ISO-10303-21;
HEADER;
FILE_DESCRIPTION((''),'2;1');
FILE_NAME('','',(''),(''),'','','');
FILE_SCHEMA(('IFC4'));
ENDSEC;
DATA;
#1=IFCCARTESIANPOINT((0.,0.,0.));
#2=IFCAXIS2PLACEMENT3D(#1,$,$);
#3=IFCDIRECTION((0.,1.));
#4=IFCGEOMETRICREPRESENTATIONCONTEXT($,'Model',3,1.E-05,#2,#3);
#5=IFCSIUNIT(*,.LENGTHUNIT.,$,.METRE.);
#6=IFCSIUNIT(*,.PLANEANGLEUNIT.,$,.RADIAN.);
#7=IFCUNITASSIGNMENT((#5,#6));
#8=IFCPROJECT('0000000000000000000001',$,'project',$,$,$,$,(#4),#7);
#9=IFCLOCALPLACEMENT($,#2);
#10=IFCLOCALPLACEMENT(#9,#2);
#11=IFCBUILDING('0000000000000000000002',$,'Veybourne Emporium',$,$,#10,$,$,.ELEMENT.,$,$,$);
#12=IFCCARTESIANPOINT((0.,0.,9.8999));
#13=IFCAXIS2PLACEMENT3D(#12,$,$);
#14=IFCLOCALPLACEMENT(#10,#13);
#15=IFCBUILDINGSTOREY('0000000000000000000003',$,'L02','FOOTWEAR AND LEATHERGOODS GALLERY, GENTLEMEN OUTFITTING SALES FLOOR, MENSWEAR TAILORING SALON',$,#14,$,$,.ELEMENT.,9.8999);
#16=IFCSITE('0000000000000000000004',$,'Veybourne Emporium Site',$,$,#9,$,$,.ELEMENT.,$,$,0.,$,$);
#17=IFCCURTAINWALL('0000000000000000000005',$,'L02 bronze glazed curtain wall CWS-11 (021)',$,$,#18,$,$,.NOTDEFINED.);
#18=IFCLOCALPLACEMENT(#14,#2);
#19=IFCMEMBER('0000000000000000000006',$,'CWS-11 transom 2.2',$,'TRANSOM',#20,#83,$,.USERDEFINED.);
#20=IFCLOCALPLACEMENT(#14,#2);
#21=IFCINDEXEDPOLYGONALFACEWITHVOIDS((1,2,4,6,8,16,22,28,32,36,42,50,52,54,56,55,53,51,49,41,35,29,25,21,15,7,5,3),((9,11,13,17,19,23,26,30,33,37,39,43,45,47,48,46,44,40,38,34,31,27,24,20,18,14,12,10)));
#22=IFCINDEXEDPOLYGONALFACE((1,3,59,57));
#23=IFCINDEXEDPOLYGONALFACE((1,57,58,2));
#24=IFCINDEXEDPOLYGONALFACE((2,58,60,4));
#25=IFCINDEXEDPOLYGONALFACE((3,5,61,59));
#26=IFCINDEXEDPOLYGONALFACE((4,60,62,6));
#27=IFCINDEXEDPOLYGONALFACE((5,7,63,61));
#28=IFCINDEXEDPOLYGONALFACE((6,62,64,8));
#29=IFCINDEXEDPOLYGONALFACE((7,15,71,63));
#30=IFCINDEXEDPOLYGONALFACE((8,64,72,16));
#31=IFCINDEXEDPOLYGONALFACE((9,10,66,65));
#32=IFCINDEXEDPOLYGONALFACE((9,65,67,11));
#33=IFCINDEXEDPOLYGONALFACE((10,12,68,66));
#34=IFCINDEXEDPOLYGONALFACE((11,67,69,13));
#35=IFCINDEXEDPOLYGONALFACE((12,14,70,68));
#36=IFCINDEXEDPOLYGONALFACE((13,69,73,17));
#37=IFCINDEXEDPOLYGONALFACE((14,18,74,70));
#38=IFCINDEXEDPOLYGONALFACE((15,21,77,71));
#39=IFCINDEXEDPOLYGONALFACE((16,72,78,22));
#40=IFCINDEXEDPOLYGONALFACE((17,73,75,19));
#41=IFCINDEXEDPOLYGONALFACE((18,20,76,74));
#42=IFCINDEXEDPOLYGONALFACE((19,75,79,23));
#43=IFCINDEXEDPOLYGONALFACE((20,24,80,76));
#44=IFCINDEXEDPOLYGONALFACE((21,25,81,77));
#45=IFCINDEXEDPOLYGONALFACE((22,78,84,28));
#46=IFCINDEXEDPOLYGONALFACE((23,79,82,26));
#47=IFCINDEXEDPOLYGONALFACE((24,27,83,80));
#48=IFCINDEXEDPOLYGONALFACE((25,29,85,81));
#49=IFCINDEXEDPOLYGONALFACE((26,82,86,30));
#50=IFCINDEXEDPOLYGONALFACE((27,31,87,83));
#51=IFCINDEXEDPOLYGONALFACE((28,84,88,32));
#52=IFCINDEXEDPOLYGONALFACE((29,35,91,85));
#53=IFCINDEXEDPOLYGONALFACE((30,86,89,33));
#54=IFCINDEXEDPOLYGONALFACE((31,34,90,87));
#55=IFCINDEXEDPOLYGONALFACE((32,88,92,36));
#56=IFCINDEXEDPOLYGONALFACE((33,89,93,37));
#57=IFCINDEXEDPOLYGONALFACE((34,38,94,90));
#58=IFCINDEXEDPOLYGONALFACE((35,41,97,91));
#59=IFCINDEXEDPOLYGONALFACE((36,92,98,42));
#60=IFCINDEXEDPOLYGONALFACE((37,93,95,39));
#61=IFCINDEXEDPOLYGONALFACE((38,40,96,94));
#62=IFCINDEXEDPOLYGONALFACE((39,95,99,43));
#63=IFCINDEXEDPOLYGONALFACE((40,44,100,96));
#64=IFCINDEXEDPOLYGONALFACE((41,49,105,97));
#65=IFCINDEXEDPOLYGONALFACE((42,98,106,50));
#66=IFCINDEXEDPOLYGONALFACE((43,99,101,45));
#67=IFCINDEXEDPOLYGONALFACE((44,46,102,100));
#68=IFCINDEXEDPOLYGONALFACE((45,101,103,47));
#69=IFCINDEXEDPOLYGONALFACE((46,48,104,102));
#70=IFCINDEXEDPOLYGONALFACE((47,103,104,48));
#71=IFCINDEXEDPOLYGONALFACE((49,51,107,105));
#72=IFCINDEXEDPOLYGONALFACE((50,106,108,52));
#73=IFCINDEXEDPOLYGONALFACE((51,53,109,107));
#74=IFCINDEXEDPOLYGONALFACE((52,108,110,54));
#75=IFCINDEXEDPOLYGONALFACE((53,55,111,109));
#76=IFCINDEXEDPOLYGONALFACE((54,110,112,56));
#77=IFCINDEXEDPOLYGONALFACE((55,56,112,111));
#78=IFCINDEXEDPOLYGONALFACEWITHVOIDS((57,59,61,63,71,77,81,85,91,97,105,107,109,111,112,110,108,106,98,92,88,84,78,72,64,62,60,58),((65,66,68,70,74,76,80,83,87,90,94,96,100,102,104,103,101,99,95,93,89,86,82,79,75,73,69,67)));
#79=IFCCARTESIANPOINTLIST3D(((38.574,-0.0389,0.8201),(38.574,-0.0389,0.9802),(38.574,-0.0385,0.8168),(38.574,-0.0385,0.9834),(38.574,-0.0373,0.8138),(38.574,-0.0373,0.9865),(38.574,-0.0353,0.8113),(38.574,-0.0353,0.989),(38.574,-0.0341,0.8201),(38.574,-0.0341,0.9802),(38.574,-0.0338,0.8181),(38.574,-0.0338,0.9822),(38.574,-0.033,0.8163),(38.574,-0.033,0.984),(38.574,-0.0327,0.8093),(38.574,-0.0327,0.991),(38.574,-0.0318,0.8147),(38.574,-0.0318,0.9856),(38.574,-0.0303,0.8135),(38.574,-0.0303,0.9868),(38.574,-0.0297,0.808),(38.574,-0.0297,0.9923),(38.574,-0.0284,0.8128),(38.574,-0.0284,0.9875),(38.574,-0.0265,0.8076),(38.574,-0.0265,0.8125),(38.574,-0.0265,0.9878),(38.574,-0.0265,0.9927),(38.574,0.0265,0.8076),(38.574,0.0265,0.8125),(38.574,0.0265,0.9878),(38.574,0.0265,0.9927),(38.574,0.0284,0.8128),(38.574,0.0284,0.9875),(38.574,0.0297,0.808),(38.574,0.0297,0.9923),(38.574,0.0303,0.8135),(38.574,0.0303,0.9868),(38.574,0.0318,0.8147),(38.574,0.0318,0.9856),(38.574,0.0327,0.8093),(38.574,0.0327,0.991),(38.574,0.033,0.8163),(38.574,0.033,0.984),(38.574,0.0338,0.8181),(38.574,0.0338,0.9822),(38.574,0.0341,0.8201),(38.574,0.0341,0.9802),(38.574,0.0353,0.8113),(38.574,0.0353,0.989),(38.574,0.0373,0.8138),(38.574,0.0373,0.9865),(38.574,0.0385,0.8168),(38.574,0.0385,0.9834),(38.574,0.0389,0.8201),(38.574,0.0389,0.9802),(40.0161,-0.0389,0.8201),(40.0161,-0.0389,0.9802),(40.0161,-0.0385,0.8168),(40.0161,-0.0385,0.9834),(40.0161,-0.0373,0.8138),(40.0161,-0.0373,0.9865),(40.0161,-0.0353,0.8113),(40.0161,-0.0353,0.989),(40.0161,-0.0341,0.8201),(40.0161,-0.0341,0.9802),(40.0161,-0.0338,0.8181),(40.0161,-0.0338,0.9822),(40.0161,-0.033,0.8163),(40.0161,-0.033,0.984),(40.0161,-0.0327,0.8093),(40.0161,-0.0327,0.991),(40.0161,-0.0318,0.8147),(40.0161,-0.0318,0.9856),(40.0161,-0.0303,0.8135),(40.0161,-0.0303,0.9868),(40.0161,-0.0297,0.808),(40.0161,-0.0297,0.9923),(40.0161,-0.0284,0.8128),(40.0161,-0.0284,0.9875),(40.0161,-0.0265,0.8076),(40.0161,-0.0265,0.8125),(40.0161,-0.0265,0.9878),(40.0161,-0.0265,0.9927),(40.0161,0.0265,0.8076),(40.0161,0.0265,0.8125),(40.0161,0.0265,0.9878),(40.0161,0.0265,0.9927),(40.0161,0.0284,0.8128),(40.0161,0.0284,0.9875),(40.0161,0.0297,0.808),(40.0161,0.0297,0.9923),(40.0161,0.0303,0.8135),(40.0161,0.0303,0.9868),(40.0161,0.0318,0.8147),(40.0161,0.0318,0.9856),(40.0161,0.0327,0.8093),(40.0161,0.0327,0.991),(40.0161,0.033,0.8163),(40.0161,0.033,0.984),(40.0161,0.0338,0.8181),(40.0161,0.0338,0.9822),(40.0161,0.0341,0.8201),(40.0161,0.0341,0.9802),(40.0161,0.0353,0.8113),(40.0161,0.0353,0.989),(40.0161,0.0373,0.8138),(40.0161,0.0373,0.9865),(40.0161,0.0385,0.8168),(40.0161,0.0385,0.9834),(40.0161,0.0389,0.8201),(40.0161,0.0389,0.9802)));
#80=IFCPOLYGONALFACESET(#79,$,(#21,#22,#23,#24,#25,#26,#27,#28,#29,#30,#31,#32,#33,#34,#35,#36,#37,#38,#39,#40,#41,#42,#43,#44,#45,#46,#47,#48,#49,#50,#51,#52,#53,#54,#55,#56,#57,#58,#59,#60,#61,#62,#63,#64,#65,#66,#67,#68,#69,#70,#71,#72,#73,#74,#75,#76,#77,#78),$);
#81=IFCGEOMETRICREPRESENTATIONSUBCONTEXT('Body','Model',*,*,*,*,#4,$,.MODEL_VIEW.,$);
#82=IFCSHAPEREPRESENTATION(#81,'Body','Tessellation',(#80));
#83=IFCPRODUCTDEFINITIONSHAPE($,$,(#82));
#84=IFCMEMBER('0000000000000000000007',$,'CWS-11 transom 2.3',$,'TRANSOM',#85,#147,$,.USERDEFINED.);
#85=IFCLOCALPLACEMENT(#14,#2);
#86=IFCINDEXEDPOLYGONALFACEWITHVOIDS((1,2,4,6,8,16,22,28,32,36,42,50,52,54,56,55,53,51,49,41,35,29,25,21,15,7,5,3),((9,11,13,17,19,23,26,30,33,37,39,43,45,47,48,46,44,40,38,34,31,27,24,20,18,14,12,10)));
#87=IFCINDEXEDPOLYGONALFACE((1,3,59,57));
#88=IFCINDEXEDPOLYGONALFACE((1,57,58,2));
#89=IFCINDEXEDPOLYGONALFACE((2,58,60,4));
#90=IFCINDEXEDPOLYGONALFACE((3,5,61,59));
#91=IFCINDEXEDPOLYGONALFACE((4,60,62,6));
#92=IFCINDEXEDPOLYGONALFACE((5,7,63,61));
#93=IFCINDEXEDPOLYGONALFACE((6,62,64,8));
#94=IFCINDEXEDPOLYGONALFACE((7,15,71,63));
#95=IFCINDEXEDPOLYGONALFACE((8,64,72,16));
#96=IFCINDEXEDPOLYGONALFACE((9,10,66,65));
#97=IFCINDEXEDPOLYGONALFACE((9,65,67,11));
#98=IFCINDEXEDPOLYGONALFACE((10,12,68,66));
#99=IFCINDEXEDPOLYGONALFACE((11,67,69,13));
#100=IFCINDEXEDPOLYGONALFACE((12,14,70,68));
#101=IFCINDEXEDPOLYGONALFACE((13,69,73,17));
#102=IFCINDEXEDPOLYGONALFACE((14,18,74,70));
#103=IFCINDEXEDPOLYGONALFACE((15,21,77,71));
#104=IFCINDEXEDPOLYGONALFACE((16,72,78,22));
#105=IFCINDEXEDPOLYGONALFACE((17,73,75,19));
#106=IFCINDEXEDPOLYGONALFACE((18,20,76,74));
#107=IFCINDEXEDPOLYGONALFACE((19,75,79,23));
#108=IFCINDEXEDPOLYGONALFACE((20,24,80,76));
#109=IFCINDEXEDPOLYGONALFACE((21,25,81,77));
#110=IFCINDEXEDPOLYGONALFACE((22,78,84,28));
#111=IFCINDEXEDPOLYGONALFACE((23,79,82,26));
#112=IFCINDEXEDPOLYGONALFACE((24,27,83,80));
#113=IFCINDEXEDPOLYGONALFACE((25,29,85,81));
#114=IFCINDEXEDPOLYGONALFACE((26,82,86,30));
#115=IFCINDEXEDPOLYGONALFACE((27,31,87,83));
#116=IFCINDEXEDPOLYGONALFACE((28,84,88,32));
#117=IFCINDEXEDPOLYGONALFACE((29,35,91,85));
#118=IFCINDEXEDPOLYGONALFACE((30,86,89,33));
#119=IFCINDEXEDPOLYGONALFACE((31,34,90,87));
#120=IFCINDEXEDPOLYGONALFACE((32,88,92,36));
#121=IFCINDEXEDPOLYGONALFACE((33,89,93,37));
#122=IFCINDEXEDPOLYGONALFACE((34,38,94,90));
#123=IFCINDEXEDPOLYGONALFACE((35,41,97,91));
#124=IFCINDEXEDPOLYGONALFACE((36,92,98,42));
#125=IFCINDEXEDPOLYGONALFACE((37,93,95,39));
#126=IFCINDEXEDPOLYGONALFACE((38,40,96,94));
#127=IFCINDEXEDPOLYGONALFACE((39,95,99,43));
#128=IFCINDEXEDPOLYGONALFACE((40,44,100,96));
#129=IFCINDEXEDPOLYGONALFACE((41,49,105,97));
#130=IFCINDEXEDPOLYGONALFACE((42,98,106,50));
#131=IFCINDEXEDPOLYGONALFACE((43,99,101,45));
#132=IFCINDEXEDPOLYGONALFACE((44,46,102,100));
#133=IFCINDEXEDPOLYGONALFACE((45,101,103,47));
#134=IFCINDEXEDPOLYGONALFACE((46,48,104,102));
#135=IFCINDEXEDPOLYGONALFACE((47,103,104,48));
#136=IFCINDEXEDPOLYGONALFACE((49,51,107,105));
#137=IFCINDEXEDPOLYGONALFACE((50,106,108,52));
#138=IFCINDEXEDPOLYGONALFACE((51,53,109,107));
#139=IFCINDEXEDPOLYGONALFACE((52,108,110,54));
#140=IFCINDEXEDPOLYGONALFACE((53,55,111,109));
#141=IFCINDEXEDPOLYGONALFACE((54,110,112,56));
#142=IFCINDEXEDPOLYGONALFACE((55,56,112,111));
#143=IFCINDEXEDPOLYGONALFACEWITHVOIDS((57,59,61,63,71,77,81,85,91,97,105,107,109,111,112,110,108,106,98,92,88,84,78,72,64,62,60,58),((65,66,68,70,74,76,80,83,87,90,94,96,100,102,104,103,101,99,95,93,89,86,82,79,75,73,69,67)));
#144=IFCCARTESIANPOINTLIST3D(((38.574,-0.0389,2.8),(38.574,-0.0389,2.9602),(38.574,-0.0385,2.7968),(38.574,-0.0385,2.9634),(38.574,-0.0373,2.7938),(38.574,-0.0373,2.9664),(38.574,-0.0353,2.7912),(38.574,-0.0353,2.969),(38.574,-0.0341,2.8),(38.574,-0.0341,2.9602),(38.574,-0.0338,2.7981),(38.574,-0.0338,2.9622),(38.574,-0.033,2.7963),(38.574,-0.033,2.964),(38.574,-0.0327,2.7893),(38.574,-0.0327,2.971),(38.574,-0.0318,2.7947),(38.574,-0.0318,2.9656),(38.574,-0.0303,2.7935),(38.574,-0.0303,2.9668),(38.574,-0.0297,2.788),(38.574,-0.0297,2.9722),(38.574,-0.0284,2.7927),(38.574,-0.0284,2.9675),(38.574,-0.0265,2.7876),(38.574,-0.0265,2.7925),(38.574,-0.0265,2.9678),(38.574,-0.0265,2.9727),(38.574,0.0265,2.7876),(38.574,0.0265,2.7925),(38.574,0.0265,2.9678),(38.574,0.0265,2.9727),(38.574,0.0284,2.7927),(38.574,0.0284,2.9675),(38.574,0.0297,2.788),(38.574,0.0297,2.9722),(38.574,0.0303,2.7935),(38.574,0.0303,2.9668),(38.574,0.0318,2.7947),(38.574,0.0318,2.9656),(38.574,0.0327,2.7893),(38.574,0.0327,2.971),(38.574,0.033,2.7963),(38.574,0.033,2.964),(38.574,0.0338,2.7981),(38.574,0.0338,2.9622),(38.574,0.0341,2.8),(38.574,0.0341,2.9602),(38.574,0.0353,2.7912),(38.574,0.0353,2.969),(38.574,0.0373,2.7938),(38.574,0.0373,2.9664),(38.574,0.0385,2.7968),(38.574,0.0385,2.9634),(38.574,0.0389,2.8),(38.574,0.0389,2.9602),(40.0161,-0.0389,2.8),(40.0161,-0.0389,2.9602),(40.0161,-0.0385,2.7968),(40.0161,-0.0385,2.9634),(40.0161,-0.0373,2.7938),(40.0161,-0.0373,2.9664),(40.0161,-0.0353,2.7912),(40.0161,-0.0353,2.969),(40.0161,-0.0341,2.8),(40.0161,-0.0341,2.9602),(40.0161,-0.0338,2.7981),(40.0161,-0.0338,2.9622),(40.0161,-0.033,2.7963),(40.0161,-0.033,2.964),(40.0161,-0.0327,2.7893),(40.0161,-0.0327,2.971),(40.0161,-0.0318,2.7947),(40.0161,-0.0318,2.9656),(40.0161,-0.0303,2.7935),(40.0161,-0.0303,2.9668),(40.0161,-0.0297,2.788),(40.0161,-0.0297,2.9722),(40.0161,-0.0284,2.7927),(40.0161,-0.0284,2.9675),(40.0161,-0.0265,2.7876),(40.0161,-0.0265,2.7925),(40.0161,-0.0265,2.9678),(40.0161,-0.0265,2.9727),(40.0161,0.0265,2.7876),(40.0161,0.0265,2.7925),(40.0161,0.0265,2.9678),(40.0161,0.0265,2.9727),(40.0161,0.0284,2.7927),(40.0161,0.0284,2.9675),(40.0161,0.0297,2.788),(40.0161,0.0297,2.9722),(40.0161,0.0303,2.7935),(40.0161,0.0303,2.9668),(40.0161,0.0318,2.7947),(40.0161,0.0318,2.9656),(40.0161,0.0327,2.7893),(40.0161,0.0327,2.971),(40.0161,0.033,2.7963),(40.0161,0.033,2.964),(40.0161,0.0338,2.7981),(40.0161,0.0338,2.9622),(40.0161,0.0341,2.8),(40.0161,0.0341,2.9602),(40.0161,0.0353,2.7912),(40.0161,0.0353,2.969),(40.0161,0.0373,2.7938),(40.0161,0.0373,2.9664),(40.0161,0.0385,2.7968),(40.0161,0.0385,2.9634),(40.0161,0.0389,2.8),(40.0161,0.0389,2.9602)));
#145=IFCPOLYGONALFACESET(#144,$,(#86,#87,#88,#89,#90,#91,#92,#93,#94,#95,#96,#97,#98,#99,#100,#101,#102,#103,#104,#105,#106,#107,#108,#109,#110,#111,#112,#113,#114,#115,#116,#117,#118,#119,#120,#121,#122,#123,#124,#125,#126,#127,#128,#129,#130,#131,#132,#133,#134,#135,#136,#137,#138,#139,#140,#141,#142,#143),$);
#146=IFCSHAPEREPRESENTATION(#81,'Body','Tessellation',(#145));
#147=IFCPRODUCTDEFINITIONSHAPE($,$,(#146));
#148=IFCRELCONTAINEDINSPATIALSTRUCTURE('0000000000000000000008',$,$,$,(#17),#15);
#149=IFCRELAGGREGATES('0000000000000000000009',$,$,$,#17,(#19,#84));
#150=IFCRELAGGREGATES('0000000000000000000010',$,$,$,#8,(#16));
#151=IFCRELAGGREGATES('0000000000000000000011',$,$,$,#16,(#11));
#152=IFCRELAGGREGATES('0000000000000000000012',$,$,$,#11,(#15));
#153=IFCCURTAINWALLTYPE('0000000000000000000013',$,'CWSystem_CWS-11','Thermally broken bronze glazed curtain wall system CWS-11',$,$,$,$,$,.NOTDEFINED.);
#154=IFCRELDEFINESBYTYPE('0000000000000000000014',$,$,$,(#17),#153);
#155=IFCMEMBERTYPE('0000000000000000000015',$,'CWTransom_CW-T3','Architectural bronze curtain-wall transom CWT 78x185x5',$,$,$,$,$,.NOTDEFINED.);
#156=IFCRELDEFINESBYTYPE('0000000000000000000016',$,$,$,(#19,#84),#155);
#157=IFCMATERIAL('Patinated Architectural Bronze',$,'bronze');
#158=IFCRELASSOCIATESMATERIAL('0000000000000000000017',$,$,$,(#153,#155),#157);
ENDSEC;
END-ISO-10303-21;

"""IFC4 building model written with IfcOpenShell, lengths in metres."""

from ifc_helpers import new_model, si_unit, direction, frame, origin, origin_2d, place, context, subcontext, project, spatial, hollow_rectangle, extrude, material, material_profile, profile_set, type_object, element, aggregate, save


model = new_model("IFC4")

# Units and contexts
model_context = context("Model", 3, precision=1e-05, world=origin(), true_north=direction((0.0, 1.0)))
body_context = subcontext(model_context, "Body", "Model", "MODEL_VIEW")
ifc_project = project(units=[si_unit("LENGTHUNIT", "METRE"), si_unit("PLANEANGLEUNIT", "RADIAN")], contexts=[model_context])

# Site, building, storey
site_placement = place(None, origin())
site = spatial("IfcSite", under=ifc_project, at=site_placement, Name="Veybourne Emporium Site", CompositionType="ELEMENT", RefElevation=0.0)
building_placement = place(site_placement, origin())
building = spatial("IfcBuilding", under=site, at=building_placement, Name="Veybourne Emporium", CompositionType="ELEMENT")
storey_placement = place(building_placement, frame((0.0, 0.0, 9.8999)))
storey = spatial("IfcBuildingStorey", under=building, at=storey_placement, Name="L02", Description="FOOTWEAR AND LEATHERGOODS GALLERY, GENTLEMEN OUTFITTING SALES FLOOR, MENSWEAR TAILORING SALON", CompositionType="ELEMENT", Elevation=9.8999)

# Shared definitions
ifc_material_1 = material(Name="Patinated Architectural Bronze", Category="bronze")

# Curtain wall
curtain_wall_type_1 = type_object("IfcCurtainWallType", Name="CWSystem_CWS-11", Description="Thermally broken bronze glazed curtain wall system CWS-11", PredefinedType="NOTDEFINED", material=ifc_material_1)
curtain_wall_1_placement = place(storey_placement, origin())
curtain_wall_1 = element("IfcCurtainWall", 1, at=curtain_wall_1_placement, inside=storey, type_object=curtain_wall_type_1, Name="L02 bronze glazed curtain wall CWS-11 (021)", PredefinedType="NOTDEFINED")

# Members
ifc_material_profile_1 = material_profile(ifc_material_1, hollow_rectangle(XDim=0.0779, YDim=0.1851, WallThickness=0.0049, InnerFilletRadius=0.0076, OuterFilletRadius=0.0125, at=origin_2d()), Name="CWT 78x185x5")
ifc_profile_set_1 = profile_set([ifc_material_profile_1], Name="Patinated Architectural Bronze")
member_type_1 = type_object("IfcMemberType", Name="CWTransom_CW-T3", Description="Architectural bronze curtain-wall transom CWT 78x185x5", PredefinedType="NOTDEFINED", material=ifc_profile_set_1)
member_1_placement = place(storey_placement, frame((40.0161, 0.0, 0.9001), z_axis=(-1.0, 0.0, 0.0), x_axis=(0.0, -1.0, 0.0)))
member_1 = element("IfcMember", 2, at=member_1_placement, type_object=member_type_1, Name="CWS-11 transom 2.2", ObjectType="TRANSOM", PredefinedType="USERDEFINED", context=body_context, shape_type="SweptSolid", body=[
    extrude(hollow_rectangle(XDim=0.0779, YDim=0.1851, WallThickness=0.0049, InnerFilletRadius=0.0076, OuterFilletRadius=0.0125, at=origin_2d()), origin(), (0.0, 0.0, 1.0), 1.4421),
])
member_2_placement = place(storey_placement, frame((40.0161, 0.0, 2.8801), z_axis=(-1.0, 0.0, 0.0), x_axis=(0.0, -1.0, 0.0)))
member_2 = element("IfcMember", 3, at=member_2_placement, type_object=member_type_1, Name="CWS-11 transom 2.3", ObjectType="TRANSOM", PredefinedType="USERDEFINED", context=body_context, shape_type="SweptSolid", body=[
    extrude(hollow_rectangle(XDim=0.0779, YDim=0.1851, WallThickness=0.0049, InnerFilletRadius=0.0076, OuterFilletRadius=0.0125, at=origin_2d()), origin(), (0.0, 0.0, 1.0), 1.4421),
])

aggregate(curtain_wall_1, [member_1, member_2])

save(model, "model.ifc")
